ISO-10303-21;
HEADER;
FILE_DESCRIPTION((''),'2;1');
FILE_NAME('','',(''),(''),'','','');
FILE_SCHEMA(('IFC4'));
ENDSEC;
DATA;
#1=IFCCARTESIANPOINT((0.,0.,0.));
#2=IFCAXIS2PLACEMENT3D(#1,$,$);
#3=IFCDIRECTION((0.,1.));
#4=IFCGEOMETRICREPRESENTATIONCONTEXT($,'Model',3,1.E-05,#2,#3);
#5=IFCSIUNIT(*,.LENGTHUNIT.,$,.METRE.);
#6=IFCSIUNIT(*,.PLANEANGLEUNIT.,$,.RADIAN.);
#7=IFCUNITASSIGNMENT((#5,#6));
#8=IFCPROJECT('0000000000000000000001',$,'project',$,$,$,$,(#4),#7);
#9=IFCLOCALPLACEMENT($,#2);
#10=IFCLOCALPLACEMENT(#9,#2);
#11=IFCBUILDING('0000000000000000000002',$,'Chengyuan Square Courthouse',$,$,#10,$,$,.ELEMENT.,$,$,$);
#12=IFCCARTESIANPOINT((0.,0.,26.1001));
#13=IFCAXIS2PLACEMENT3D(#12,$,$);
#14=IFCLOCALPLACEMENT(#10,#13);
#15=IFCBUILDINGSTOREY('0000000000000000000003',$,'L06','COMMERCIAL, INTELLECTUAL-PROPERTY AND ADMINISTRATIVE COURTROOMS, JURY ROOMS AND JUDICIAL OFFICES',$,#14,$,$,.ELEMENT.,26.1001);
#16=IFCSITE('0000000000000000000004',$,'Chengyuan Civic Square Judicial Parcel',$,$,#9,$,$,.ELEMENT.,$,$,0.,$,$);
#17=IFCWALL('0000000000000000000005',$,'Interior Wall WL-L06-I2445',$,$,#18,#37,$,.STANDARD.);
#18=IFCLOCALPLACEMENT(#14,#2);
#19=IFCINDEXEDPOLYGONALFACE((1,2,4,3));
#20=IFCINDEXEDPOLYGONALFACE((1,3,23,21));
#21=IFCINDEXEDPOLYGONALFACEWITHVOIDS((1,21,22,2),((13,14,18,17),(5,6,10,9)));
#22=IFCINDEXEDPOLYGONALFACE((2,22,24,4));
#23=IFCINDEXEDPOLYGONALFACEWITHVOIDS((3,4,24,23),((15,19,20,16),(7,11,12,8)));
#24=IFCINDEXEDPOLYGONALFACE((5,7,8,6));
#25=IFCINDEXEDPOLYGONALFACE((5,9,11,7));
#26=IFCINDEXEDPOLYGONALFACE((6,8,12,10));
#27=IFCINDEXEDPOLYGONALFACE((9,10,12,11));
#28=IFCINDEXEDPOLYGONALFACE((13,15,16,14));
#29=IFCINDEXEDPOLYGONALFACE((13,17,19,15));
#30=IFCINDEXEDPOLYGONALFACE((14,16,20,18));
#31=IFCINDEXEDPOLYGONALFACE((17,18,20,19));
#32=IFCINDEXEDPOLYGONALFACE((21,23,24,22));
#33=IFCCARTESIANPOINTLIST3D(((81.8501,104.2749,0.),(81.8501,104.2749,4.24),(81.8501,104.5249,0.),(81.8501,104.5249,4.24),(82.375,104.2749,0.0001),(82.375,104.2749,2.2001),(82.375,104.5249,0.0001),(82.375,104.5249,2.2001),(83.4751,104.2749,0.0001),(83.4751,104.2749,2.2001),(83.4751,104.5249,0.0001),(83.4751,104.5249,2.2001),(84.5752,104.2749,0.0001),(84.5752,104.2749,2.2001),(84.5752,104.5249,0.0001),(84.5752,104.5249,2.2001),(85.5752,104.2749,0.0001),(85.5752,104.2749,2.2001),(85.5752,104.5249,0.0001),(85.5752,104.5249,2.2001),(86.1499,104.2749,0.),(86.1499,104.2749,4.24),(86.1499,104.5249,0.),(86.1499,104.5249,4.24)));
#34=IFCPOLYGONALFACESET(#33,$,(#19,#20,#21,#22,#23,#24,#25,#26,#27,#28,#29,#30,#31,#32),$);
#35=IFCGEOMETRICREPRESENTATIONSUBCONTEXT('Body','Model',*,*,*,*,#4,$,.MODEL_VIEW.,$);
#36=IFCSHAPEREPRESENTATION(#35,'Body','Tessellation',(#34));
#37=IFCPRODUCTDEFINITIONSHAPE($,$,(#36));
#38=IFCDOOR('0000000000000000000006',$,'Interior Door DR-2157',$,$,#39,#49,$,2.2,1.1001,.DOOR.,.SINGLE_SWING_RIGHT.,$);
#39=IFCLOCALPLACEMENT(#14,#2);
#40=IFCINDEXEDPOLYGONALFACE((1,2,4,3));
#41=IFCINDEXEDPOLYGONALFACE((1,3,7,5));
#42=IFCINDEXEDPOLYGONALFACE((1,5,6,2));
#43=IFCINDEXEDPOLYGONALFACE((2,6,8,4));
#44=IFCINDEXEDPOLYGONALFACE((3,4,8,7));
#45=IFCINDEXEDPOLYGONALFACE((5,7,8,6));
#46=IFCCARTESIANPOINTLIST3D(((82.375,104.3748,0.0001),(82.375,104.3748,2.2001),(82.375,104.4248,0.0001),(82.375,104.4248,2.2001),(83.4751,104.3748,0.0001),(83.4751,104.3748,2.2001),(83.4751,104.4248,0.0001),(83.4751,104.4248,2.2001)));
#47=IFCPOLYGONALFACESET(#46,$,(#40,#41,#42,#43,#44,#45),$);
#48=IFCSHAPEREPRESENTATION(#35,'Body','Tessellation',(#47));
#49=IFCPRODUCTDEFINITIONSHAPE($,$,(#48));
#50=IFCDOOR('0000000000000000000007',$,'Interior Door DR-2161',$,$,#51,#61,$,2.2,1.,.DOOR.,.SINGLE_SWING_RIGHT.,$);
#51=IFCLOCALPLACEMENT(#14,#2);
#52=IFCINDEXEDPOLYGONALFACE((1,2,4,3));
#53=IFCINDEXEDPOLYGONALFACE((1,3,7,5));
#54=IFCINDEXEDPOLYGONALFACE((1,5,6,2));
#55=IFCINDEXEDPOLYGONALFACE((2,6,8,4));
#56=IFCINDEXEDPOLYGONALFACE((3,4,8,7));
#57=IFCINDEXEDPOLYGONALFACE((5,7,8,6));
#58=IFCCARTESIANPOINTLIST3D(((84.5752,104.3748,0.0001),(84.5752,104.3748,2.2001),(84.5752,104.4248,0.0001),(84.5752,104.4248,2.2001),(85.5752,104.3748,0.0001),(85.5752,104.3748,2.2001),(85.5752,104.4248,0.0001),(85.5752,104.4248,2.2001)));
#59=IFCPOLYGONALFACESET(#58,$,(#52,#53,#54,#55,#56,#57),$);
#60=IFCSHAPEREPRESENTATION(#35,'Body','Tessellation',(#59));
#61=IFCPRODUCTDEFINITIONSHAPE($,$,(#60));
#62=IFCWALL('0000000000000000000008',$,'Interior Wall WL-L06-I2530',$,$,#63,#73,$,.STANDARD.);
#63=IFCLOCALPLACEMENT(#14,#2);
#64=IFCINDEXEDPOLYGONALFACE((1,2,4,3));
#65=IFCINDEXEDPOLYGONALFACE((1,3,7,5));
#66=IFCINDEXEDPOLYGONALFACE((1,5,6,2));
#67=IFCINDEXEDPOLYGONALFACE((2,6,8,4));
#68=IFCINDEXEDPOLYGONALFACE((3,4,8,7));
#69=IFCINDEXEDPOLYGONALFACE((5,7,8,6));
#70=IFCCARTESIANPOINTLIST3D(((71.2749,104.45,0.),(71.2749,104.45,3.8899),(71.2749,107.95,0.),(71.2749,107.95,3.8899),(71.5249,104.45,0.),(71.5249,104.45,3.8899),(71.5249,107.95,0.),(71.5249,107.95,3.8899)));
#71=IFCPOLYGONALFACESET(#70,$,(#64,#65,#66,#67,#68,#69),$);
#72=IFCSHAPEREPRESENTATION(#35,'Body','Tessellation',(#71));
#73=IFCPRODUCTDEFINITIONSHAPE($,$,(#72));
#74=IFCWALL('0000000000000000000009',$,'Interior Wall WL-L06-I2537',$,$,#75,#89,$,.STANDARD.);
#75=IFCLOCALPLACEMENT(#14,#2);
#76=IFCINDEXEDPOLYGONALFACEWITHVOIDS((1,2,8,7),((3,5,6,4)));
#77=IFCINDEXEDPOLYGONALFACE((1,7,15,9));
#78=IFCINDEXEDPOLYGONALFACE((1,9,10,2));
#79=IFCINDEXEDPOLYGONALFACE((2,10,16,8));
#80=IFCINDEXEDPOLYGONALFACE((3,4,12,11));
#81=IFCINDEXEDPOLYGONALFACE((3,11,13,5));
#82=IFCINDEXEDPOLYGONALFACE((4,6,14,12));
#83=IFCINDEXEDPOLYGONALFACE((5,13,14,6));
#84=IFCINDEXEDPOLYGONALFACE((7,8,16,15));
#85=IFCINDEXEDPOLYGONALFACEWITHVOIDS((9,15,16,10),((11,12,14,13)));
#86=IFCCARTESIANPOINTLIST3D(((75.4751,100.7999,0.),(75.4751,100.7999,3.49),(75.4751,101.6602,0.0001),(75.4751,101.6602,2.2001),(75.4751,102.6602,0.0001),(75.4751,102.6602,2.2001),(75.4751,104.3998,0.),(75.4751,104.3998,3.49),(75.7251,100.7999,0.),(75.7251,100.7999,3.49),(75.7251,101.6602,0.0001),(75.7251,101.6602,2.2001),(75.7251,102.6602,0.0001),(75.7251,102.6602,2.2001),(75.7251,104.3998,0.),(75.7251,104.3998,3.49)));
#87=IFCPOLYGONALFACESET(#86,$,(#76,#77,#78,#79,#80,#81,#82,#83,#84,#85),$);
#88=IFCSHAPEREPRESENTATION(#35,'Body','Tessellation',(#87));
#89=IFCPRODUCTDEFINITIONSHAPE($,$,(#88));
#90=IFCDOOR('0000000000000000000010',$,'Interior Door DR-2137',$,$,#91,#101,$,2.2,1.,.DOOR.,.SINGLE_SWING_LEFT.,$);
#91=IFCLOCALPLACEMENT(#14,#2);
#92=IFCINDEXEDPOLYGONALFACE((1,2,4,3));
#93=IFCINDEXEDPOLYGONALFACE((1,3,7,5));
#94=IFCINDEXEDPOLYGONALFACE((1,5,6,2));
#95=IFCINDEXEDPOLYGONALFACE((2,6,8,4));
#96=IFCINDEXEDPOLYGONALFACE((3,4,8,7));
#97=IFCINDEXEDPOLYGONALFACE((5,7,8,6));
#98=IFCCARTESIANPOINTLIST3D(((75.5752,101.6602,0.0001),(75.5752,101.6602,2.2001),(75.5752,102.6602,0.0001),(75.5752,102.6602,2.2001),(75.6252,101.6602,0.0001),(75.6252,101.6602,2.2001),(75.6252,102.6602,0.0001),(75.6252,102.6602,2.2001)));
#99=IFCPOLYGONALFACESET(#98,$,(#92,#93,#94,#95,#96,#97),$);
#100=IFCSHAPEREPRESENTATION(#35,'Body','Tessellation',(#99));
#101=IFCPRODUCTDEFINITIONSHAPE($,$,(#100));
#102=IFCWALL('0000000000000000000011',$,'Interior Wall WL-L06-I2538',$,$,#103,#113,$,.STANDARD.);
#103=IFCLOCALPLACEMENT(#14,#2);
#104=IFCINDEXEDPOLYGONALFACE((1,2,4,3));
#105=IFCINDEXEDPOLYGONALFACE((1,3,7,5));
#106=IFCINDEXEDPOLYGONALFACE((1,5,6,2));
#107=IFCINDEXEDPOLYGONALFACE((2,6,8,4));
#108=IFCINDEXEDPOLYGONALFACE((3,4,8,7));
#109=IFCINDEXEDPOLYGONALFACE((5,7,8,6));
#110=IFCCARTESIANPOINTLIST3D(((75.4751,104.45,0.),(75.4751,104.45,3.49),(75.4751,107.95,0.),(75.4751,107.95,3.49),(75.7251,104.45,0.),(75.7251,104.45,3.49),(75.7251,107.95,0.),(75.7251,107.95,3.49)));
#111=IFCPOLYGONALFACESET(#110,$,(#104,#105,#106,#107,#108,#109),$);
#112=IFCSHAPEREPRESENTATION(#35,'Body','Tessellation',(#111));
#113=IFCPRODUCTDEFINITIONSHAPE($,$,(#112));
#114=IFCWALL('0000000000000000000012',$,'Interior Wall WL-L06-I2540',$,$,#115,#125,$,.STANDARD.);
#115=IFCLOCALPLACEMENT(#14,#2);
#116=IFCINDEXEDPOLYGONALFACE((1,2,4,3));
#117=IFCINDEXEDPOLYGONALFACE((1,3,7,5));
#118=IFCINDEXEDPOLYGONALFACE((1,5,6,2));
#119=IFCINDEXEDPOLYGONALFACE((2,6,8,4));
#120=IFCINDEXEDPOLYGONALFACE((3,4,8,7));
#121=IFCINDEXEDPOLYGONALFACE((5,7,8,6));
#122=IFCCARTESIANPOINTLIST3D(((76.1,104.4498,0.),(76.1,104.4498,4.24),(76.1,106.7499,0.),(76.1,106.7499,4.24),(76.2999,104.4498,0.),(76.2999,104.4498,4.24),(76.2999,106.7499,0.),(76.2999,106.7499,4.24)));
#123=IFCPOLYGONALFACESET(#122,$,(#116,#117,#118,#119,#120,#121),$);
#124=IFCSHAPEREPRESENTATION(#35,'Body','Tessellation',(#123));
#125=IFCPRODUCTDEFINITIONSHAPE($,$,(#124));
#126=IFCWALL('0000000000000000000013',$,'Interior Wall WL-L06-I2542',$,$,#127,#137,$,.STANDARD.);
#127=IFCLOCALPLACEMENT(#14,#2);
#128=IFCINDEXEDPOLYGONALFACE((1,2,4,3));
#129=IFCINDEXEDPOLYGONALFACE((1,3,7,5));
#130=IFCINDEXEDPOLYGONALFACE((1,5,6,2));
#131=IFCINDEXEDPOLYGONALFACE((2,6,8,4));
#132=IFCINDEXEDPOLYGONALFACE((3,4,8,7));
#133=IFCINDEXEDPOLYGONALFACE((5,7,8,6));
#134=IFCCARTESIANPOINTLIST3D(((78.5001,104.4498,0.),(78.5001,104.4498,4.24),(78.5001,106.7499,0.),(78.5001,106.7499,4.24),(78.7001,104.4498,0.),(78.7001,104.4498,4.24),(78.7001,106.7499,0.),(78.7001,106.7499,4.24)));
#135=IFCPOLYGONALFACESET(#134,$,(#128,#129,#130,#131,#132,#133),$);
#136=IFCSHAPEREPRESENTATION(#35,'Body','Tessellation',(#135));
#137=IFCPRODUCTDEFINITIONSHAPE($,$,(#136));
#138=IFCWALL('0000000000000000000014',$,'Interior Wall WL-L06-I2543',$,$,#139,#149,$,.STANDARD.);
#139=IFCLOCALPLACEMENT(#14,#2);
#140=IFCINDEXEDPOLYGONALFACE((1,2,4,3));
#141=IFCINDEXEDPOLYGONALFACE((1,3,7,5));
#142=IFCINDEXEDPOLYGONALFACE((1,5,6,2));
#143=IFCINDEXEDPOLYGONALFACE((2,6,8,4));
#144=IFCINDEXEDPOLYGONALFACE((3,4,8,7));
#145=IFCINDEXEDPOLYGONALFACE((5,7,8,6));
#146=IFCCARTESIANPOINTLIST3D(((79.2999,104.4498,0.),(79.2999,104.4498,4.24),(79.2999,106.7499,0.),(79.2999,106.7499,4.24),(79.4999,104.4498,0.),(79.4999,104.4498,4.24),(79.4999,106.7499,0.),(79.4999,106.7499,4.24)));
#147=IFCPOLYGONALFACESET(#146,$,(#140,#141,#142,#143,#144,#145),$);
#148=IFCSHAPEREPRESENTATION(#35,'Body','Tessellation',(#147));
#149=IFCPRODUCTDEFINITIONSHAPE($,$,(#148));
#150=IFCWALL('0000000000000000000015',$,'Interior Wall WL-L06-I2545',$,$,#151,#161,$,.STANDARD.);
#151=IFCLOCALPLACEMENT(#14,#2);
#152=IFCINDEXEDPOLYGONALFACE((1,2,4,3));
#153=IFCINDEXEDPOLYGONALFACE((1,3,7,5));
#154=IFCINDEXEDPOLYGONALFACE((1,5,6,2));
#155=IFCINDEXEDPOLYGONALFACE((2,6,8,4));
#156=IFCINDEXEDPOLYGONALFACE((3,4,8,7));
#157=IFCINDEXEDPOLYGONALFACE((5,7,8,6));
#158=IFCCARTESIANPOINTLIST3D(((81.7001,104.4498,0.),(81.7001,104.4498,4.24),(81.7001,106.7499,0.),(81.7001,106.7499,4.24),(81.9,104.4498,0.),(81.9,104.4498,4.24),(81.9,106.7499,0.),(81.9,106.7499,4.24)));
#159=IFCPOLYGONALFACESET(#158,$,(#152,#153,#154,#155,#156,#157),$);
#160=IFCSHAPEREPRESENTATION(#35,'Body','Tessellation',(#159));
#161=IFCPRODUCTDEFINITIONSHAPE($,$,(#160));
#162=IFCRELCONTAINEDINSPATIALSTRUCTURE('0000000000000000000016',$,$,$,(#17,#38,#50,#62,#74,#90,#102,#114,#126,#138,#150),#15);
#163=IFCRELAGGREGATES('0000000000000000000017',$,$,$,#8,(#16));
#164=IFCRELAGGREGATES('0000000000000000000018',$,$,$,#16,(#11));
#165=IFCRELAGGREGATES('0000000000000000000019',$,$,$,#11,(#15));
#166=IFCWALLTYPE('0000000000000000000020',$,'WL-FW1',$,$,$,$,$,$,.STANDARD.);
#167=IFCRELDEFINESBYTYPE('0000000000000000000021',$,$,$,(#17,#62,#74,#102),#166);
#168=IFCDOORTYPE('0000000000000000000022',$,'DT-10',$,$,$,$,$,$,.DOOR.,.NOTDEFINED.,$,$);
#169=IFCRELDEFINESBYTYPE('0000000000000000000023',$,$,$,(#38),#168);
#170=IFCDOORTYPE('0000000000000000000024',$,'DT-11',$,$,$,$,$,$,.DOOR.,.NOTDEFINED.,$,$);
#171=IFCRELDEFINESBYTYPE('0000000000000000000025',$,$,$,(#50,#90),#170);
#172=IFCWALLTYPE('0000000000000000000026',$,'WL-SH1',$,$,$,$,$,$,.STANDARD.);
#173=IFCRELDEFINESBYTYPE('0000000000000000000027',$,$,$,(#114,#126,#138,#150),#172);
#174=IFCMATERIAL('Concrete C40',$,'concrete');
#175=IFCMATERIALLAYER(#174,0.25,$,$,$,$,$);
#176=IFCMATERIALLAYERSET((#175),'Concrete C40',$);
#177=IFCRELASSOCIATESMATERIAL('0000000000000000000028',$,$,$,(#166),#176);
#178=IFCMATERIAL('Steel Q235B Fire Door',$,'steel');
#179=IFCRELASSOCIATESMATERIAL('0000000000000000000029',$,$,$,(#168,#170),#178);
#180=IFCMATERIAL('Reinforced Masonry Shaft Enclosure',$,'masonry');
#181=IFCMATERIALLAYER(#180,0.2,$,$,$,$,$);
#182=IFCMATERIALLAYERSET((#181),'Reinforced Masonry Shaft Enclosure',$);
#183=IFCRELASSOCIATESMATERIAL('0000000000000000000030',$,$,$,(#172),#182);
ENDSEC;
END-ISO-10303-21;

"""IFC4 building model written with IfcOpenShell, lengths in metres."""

from ifc_helpers import new_model, si_unit, direction, frame, frame_2d, origin, place, context, subcontext, project, spatial, rectangle, extrude, material, layer, layer_set, type_object, element, fill, save


model = new_model("IFC4")

# Units and contexts
model_context = context("Model", 3, precision=1e-05, world=origin(), true_north=direction((0.0, 1.0)))
body_context = subcontext(model_context, "Body", "Model", "MODEL_VIEW")
ifc_project = project(units=[si_unit("LENGTHUNIT", "METRE"), si_unit("PLANEANGLEUNIT", "RADIAN")], contexts=[model_context])

# Site, building, storey
site_placement = place(None, origin())
site = spatial("IfcSite", under=ifc_project, at=site_placement, Name="Chengyuan Civic Square Judicial Parcel", CompositionType="ELEMENT", RefElevation=0.0)
building_placement = place(site_placement, origin())
building = spatial("IfcBuilding", under=site, at=building_placement, Name="Chengyuan Square Courthouse", CompositionType="ELEMENT")
storey_placement = place(building_placement, frame((0.0, 0.0, 26.1001)))
storey = spatial("IfcBuildingStorey", under=building, at=storey_placement, Name="L06", Description="COMMERCIAL, INTELLECTUAL-PROPERTY AND ADMINISTRATIVE COURTROOMS, JURY ROOMS AND JUDICIAL OFFICES", CompositionType="ELEMENT", Elevation=26.1001)

# Shared definitions
ifc_material_1 = material(Name="Concrete C40", Category="concrete")
ifc_layer_1 = layer(ifc_material_1, 0.25)
ifc_layer_set_1 = layer_set([ifc_layer_1], Name="Concrete C40")
wall_type_1 = type_object("IfcWallType", Name="WL-FW1", PredefinedType="STANDARD", material=ifc_layer_set_1)
ifc_material_2 = material(Name="Steel Q235B Fire Door", Category="steel")
door_type_1 = type_object("IfcDoorType", Name="DT-10", OperationType="NOTDEFINED", PredefinedType="DOOR", material=ifc_material_2)
door_type_2 = type_object("IfcDoorType", Name="DT-11", OperationType="NOTDEFINED", PredefinedType="DOOR", material=ifc_material_2)

# Wall, openings, doors
wall_1_placement = place(storey_placement, frame((81.8501, 104.3999, 0.0), z_axis=(0.0, 0.0, 1.0), x_axis=(1.0, 0.0, 0.0)))
wall_1 = element("IfcWall", 1, at=wall_1_placement, inside=storey, type_object=wall_type_1, Name="Interior Wall WL-L06-I2445", PredefinedType="STANDARD", context=body_context, shape_type="SweptSolid", body=[
    extrude(rectangle(XDim=4.2998, YDim=0.25, at=frame_2d((2.1499, 0.0))), origin(), (0.0, 0.0, 1.0), 4.24),
])
opening_1_placement = place(wall_1_placement, frame((0.5249, 0.0, 0.0)))
opening_1 = element("IfcOpeningElement", 2, at=opening_1_placement, cuts=wall_1, PredefinedType="OPENING", context=body_context, shape_type="SweptSolid", body=[
    extrude(rectangle(XDim=1.1001, YDim=2.2, at=frame_2d((0.55, 1.1001))), frame((0.0, 0.137, 0.0), z_axis=(0.0, -1.0, 0.0), x_axis=(1.0, 0.0, 0.0)), (0.0, 0.0, 1.0), 0.2739),
])
opening_2_placement = place(wall_1_placement, frame((2.7251, 0.0, 0.0)))
opening_2 = element("IfcOpeningElement", 3, at=opening_2_placement, cuts=wall_1, PredefinedType="OPENING", context=body_context, shape_type="SweptSolid", body=[
    extrude(rectangle(XDim=1.0, YDim=2.2, at=frame_2d((0.5, 1.1001))), frame((0.0, 0.137, 0.0), z_axis=(0.0, -1.0, 0.0), x_axis=(1.0, 0.0, 0.0)), (0.0, 0.0, 1.0), 0.2739),
])
door_1_placement = place(opening_1_placement, origin())
door_1 = element("IfcDoor", 4, at=door_1_placement, inside=storey, type_object=door_type_1, Name="Interior Door DR-2157", OperationType="SINGLE_SWING_RIGHT", OverallHeight=2.2, OverallWidth=1.1001, PredefinedType="DOOR", context=body_context, shape_type="SweptSolid", body=[
    extrude(rectangle(XDim=1.1001, YDim=2.2, at=frame_2d((0.55, 1.1001))), frame((0.0, 0.0249, 0.0), z_axis=(0.0, -1.0, 0.0), x_axis=(1.0, 0.0, 0.0)), (0.0, 0.0, 1.0), 0.05),
])
fill(opening_1, door_1)
door_2_placement = place(opening_2_placement, origin())
door_2 = element("IfcDoor", 5, at=door_2_placement, inside=storey, type_object=door_type_2, Name="Interior Door DR-2161", OperationType="SINGLE_SWING_RIGHT", OverallHeight=2.2, OverallWidth=1.0, PredefinedType="DOOR", context=body_context, shape_type="SweptSolid", body=[
    extrude(rectangle(XDim=1.0, YDim=2.2, at=frame_2d((0.5, 1.1001))), frame((0.0, 0.0249, 0.0), z_axis=(0.0, -1.0, 0.0), x_axis=(1.0, 0.0, 0.0)), (0.0, 0.0, 1.0), 0.05),
])
fill(opening_2, door_2)

# Wall
wall_2_placement = place(storey_placement, frame((71.3999, 104.45, 0.0), z_axis=(0.0, 0.0, 1.0), x_axis=(0.0, 1.0, 0.0)))
element("IfcWall", 6, at=wall_2_placement, inside=storey, type_object=wall_type_1, Name="Interior Wall WL-L06-I2530", PredefinedType="STANDARD", context=body_context, shape_type="SweptSolid", body=[
    extrude(rectangle(XDim=3.5, YDim=0.25, at=frame_2d((1.75, 0.0))), origin(), (0.0, 0.0, 1.0), 3.8899),
])

# Wall, opening, door
wall_3_placement = place(storey_placement, frame((75.6001, 100.8, 0.0), z_axis=(0.0, 0.0, 1.0), x_axis=(0.0, 1.0, 0.0)))
wall_3 = element("IfcWall", 7, at=wall_3_placement, inside=storey, type_object=wall_type_1, Name="Interior Wall WL-L06-I2537", PredefinedType="STANDARD", context=body_context, shape_type="SweptSolid", body=[
    extrude(rectangle(XDim=3.5999, YDim=0.25, at=frame_2d((1.7998, 0.0))), origin(), (0.0, 0.0, 1.0), 3.49),
])
opening_3_placement = place(wall_3_placement, frame((0.8601, 0.0, 0.0)))
opening_3 = element("IfcOpeningElement", 8, at=opening_3_placement, cuts=wall_3, PredefinedType="OPENING", context=body_context, shape_type="SweptSolid", body=[
    extrude(rectangle(XDim=1.0, YDim=2.2, at=frame_2d((0.5, 1.1001))), frame((0.0, 0.137, 0.0), z_axis=(0.0, -1.0, 0.0), x_axis=(1.0, 0.0, 0.0)), (0.0, 0.0, 1.0), 0.2739),
])
door_3_placement = place(opening_3_placement, origin())
door_3 = element("IfcDoor", 9, at=door_3_placement, inside=storey, type_object=door_type_2, Name="Interior Door DR-2137", OperationType="SINGLE_SWING_LEFT", OverallHeight=2.2, OverallWidth=1.0, PredefinedType="DOOR", context=body_context, shape_type="SweptSolid", body=[
    extrude(rectangle(XDim=1.0, YDim=2.2, at=frame_2d((0.5, 1.1001))), frame((0.0, 0.0249, 0.0), z_axis=(0.0, -1.0, 0.0), x_axis=(1.0, 0.0, 0.0)), (0.0, 0.0, 1.0), 0.05),
])
fill(opening_3, door_3)

# Wall
wall_4_placement = place(storey_placement, frame((75.6001, 104.45, 0.0), z_axis=(0.0, 0.0, 1.0), x_axis=(0.0, 1.0, 0.0)))
element("IfcWall", 10, at=wall_4_placement, inside=storey, type_object=wall_type_1, Name="Interior Wall WL-L06-I2538", PredefinedType="STANDARD", context=body_context, shape_type="SweptSolid", body=[
    extrude(rectangle(XDim=3.5, YDim=0.25, at=frame_2d((1.75, 0.0))), origin(), (0.0, 0.0, 1.0), 3.49),
])

# Shared definitions
ifc_material_3 = material(Name="Reinforced Masonry Shaft Enclosure", Category="masonry")
ifc_layer_2 = layer(ifc_material_3, 0.2)
ifc_layer_set_2 = layer_set([ifc_layer_2], Name="Reinforced Masonry Shaft Enclosure")
wall_type_2 = type_object("IfcWallType", Name="WL-SH1", PredefinedType="STANDARD", material=ifc_layer_set_2)

# Walls
for number, where, z_axis, x_axis, name in (
    (11, (76.2, 104.45, 0.0), (0.0, 0.0, 1.0), (0.0, 1.0, 0.0), "Interior Wall WL-L06-I2540"),
    (12, (78.6001, 104.45, 0.0), (0.0, 0.0, 1.0), (0.0, 1.0, 0.0), "Interior Wall WL-L06-I2542"),
    (13, (79.3999, 104.45, 0.0), (0.0, 0.0, 1.0), (0.0, 1.0, 0.0), "Interior Wall WL-L06-I2543"),
    (14, (81.8, 104.45, 0.0), (0.0, 0.0, 1.0), (0.0, 1.0, 0.0), "Interior Wall WL-L06-I2545"),
):
    element("IfcWall", number, at=place(storey_placement, frame(where, z_axis=z_axis, x_axis=x_axis)), inside=storey, type_object=wall_type_2, Name=name, PredefinedType="STANDARD", context=body_context, shape_type="SweptSolid", body=[
        extrude(rectangle(XDim=2.3, YDim=0.2, at=frame_2d((1.1499, 0.0))), origin(), (0.0, 0.0, 1.0), 4.24),
    ])

save(model, "model.ifc")
